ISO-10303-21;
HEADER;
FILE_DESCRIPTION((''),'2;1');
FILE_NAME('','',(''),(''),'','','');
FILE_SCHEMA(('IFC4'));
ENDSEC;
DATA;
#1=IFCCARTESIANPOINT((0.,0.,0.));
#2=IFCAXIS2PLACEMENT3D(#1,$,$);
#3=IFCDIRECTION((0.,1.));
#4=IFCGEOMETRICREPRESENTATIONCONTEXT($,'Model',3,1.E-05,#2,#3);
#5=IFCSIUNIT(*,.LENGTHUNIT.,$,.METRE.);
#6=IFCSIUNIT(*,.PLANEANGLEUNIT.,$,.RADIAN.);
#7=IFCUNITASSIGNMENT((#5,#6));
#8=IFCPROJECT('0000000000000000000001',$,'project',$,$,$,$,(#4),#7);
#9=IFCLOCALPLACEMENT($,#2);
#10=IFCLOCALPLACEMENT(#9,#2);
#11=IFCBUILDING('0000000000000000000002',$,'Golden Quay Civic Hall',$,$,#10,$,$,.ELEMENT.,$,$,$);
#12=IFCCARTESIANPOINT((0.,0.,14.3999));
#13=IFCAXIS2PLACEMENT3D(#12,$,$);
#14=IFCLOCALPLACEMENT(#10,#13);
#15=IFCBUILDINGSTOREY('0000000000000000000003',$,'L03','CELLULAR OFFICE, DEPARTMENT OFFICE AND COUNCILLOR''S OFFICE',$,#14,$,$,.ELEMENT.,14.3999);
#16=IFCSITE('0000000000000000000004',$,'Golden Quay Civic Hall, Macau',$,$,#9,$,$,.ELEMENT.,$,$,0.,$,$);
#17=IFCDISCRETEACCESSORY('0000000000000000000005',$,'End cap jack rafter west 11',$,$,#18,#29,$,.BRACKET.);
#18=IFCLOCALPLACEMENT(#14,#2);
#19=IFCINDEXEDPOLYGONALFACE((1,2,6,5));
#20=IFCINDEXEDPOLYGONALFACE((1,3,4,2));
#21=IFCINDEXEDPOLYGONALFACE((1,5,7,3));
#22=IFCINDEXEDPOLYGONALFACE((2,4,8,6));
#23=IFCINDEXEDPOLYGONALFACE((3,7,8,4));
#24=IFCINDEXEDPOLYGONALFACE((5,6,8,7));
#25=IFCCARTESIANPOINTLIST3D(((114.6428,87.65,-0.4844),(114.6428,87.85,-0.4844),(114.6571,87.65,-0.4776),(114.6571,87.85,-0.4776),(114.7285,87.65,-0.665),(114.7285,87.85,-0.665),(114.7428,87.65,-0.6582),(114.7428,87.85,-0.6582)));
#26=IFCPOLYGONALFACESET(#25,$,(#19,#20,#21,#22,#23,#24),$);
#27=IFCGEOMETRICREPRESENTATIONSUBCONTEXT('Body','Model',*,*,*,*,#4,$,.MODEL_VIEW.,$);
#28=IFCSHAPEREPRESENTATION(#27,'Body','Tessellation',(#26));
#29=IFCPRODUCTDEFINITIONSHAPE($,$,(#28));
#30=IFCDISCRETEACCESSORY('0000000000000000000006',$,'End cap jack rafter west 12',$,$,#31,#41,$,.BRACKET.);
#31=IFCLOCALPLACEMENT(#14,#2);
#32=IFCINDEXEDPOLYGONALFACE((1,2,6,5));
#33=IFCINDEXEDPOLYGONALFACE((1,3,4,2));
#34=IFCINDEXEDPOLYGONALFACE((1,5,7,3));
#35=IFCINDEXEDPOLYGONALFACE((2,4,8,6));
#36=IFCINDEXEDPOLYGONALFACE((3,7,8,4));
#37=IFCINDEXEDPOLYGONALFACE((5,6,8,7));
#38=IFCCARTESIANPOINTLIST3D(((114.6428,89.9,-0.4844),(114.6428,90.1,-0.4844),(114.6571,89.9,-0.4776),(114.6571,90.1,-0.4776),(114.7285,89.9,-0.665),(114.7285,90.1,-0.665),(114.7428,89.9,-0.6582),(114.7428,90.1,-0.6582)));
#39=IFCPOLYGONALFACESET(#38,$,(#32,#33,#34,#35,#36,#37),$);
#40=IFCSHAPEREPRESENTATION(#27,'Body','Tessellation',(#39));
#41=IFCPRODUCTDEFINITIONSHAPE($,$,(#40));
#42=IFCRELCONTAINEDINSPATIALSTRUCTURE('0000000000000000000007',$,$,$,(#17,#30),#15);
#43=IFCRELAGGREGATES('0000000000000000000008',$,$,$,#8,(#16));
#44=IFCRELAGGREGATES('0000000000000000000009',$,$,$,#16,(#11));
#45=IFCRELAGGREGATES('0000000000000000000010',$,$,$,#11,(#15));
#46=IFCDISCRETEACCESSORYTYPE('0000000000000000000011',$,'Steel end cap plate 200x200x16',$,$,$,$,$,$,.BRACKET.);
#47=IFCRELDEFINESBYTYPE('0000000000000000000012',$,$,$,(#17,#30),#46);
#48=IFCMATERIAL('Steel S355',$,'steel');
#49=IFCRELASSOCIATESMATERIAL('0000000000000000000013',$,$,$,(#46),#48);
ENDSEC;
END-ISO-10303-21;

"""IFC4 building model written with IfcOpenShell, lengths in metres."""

from ifc_helpers import new_model, si_unit, direction, frame, origin, origin_2d, place, context, subcontext, project, spatial, rectangle, extrude, material, material_profile, profile_set, type_object, element, save


model = new_model("IFC4")

# Units and contexts
model_context = context("Model", 3, precision=1e-05, world=origin(), true_north=direction((0.0, 1.0)))
body_context = subcontext(model_context, "Body", "Model", "MODEL_VIEW")
ifc_project = project(units=[si_unit("LENGTHUNIT", "METRE"), si_unit("PLANEANGLEUNIT", "RADIAN")], contexts=[model_context])

# Site, building, storey
site_placement = place(None, origin())
site = spatial("IfcSite", under=ifc_project, at=site_placement, Name="Golden Quay Civic Hall, Macau", CompositionType="ELEMENT", RefElevation=0.0)
building_placement = place(site_placement, origin())
building = spatial("IfcBuilding", under=site, at=building_placement, Name="Golden Quay Civic Hall", CompositionType="ELEMENT")
storey_placement = place(building_placement, frame((0.0, 0.0, 14.3999)))
storey = spatial("IfcBuildingStorey", under=building, at=storey_placement, Name="L03", Description="CELLULAR OFFICE, DEPARTMENT OFFICE AND COUNCILLOR'S OFFICE", CompositionType="ELEMENT", Elevation=14.3999)

# Discrete accessories
ifc_material_1 = material(Name="Steel S355", Category="steel")
ifc_material_profile_1 = material_profile(ifc_material_1, rectangle(XDim=0.2, YDim=0.2, at=origin_2d()), Name="Steel end cap plate 200x200x16")
ifc_profile_set_1 = profile_set([ifc_material_profile_1], Name="Steel S355")
discrete_accessory_type = type_object("IfcDiscreteAccessoryType", Name="Steel end cap plate 200x200x16", PredefinedType="BRACKET", material=ifc_profile_set_1)
for number, where, z_axis, x_axis, name in (
    (1, (114.7, 87.75, -0.5679), (-0.903426, 0.0, -0.428744), (0.0, -1.0, 0.0), "End cap jack rafter west 11"),
    (2, (114.7, 90.0, -0.5679), (-0.903426, 0.0, -0.428744), (0.0, -1.0, 0.0), "End cap jack rafter west 12"),
):
    element("IfcDiscreteAccessory", number, at=place(storey_placement, frame(where, z_axis=z_axis, x_axis=x_axis)), inside=storey, type_object=discrete_accessory_type, Name=name, PredefinedType="BRACKET", context=body_context, shape_type="SweptSolid", body=[
        extrude(rectangle(XDim=0.2, YDim=0.2, at=origin_2d()), origin(), (0.0, 0.0, 1.0), 0.0159),
    ])

save(model, "model.ifc")
